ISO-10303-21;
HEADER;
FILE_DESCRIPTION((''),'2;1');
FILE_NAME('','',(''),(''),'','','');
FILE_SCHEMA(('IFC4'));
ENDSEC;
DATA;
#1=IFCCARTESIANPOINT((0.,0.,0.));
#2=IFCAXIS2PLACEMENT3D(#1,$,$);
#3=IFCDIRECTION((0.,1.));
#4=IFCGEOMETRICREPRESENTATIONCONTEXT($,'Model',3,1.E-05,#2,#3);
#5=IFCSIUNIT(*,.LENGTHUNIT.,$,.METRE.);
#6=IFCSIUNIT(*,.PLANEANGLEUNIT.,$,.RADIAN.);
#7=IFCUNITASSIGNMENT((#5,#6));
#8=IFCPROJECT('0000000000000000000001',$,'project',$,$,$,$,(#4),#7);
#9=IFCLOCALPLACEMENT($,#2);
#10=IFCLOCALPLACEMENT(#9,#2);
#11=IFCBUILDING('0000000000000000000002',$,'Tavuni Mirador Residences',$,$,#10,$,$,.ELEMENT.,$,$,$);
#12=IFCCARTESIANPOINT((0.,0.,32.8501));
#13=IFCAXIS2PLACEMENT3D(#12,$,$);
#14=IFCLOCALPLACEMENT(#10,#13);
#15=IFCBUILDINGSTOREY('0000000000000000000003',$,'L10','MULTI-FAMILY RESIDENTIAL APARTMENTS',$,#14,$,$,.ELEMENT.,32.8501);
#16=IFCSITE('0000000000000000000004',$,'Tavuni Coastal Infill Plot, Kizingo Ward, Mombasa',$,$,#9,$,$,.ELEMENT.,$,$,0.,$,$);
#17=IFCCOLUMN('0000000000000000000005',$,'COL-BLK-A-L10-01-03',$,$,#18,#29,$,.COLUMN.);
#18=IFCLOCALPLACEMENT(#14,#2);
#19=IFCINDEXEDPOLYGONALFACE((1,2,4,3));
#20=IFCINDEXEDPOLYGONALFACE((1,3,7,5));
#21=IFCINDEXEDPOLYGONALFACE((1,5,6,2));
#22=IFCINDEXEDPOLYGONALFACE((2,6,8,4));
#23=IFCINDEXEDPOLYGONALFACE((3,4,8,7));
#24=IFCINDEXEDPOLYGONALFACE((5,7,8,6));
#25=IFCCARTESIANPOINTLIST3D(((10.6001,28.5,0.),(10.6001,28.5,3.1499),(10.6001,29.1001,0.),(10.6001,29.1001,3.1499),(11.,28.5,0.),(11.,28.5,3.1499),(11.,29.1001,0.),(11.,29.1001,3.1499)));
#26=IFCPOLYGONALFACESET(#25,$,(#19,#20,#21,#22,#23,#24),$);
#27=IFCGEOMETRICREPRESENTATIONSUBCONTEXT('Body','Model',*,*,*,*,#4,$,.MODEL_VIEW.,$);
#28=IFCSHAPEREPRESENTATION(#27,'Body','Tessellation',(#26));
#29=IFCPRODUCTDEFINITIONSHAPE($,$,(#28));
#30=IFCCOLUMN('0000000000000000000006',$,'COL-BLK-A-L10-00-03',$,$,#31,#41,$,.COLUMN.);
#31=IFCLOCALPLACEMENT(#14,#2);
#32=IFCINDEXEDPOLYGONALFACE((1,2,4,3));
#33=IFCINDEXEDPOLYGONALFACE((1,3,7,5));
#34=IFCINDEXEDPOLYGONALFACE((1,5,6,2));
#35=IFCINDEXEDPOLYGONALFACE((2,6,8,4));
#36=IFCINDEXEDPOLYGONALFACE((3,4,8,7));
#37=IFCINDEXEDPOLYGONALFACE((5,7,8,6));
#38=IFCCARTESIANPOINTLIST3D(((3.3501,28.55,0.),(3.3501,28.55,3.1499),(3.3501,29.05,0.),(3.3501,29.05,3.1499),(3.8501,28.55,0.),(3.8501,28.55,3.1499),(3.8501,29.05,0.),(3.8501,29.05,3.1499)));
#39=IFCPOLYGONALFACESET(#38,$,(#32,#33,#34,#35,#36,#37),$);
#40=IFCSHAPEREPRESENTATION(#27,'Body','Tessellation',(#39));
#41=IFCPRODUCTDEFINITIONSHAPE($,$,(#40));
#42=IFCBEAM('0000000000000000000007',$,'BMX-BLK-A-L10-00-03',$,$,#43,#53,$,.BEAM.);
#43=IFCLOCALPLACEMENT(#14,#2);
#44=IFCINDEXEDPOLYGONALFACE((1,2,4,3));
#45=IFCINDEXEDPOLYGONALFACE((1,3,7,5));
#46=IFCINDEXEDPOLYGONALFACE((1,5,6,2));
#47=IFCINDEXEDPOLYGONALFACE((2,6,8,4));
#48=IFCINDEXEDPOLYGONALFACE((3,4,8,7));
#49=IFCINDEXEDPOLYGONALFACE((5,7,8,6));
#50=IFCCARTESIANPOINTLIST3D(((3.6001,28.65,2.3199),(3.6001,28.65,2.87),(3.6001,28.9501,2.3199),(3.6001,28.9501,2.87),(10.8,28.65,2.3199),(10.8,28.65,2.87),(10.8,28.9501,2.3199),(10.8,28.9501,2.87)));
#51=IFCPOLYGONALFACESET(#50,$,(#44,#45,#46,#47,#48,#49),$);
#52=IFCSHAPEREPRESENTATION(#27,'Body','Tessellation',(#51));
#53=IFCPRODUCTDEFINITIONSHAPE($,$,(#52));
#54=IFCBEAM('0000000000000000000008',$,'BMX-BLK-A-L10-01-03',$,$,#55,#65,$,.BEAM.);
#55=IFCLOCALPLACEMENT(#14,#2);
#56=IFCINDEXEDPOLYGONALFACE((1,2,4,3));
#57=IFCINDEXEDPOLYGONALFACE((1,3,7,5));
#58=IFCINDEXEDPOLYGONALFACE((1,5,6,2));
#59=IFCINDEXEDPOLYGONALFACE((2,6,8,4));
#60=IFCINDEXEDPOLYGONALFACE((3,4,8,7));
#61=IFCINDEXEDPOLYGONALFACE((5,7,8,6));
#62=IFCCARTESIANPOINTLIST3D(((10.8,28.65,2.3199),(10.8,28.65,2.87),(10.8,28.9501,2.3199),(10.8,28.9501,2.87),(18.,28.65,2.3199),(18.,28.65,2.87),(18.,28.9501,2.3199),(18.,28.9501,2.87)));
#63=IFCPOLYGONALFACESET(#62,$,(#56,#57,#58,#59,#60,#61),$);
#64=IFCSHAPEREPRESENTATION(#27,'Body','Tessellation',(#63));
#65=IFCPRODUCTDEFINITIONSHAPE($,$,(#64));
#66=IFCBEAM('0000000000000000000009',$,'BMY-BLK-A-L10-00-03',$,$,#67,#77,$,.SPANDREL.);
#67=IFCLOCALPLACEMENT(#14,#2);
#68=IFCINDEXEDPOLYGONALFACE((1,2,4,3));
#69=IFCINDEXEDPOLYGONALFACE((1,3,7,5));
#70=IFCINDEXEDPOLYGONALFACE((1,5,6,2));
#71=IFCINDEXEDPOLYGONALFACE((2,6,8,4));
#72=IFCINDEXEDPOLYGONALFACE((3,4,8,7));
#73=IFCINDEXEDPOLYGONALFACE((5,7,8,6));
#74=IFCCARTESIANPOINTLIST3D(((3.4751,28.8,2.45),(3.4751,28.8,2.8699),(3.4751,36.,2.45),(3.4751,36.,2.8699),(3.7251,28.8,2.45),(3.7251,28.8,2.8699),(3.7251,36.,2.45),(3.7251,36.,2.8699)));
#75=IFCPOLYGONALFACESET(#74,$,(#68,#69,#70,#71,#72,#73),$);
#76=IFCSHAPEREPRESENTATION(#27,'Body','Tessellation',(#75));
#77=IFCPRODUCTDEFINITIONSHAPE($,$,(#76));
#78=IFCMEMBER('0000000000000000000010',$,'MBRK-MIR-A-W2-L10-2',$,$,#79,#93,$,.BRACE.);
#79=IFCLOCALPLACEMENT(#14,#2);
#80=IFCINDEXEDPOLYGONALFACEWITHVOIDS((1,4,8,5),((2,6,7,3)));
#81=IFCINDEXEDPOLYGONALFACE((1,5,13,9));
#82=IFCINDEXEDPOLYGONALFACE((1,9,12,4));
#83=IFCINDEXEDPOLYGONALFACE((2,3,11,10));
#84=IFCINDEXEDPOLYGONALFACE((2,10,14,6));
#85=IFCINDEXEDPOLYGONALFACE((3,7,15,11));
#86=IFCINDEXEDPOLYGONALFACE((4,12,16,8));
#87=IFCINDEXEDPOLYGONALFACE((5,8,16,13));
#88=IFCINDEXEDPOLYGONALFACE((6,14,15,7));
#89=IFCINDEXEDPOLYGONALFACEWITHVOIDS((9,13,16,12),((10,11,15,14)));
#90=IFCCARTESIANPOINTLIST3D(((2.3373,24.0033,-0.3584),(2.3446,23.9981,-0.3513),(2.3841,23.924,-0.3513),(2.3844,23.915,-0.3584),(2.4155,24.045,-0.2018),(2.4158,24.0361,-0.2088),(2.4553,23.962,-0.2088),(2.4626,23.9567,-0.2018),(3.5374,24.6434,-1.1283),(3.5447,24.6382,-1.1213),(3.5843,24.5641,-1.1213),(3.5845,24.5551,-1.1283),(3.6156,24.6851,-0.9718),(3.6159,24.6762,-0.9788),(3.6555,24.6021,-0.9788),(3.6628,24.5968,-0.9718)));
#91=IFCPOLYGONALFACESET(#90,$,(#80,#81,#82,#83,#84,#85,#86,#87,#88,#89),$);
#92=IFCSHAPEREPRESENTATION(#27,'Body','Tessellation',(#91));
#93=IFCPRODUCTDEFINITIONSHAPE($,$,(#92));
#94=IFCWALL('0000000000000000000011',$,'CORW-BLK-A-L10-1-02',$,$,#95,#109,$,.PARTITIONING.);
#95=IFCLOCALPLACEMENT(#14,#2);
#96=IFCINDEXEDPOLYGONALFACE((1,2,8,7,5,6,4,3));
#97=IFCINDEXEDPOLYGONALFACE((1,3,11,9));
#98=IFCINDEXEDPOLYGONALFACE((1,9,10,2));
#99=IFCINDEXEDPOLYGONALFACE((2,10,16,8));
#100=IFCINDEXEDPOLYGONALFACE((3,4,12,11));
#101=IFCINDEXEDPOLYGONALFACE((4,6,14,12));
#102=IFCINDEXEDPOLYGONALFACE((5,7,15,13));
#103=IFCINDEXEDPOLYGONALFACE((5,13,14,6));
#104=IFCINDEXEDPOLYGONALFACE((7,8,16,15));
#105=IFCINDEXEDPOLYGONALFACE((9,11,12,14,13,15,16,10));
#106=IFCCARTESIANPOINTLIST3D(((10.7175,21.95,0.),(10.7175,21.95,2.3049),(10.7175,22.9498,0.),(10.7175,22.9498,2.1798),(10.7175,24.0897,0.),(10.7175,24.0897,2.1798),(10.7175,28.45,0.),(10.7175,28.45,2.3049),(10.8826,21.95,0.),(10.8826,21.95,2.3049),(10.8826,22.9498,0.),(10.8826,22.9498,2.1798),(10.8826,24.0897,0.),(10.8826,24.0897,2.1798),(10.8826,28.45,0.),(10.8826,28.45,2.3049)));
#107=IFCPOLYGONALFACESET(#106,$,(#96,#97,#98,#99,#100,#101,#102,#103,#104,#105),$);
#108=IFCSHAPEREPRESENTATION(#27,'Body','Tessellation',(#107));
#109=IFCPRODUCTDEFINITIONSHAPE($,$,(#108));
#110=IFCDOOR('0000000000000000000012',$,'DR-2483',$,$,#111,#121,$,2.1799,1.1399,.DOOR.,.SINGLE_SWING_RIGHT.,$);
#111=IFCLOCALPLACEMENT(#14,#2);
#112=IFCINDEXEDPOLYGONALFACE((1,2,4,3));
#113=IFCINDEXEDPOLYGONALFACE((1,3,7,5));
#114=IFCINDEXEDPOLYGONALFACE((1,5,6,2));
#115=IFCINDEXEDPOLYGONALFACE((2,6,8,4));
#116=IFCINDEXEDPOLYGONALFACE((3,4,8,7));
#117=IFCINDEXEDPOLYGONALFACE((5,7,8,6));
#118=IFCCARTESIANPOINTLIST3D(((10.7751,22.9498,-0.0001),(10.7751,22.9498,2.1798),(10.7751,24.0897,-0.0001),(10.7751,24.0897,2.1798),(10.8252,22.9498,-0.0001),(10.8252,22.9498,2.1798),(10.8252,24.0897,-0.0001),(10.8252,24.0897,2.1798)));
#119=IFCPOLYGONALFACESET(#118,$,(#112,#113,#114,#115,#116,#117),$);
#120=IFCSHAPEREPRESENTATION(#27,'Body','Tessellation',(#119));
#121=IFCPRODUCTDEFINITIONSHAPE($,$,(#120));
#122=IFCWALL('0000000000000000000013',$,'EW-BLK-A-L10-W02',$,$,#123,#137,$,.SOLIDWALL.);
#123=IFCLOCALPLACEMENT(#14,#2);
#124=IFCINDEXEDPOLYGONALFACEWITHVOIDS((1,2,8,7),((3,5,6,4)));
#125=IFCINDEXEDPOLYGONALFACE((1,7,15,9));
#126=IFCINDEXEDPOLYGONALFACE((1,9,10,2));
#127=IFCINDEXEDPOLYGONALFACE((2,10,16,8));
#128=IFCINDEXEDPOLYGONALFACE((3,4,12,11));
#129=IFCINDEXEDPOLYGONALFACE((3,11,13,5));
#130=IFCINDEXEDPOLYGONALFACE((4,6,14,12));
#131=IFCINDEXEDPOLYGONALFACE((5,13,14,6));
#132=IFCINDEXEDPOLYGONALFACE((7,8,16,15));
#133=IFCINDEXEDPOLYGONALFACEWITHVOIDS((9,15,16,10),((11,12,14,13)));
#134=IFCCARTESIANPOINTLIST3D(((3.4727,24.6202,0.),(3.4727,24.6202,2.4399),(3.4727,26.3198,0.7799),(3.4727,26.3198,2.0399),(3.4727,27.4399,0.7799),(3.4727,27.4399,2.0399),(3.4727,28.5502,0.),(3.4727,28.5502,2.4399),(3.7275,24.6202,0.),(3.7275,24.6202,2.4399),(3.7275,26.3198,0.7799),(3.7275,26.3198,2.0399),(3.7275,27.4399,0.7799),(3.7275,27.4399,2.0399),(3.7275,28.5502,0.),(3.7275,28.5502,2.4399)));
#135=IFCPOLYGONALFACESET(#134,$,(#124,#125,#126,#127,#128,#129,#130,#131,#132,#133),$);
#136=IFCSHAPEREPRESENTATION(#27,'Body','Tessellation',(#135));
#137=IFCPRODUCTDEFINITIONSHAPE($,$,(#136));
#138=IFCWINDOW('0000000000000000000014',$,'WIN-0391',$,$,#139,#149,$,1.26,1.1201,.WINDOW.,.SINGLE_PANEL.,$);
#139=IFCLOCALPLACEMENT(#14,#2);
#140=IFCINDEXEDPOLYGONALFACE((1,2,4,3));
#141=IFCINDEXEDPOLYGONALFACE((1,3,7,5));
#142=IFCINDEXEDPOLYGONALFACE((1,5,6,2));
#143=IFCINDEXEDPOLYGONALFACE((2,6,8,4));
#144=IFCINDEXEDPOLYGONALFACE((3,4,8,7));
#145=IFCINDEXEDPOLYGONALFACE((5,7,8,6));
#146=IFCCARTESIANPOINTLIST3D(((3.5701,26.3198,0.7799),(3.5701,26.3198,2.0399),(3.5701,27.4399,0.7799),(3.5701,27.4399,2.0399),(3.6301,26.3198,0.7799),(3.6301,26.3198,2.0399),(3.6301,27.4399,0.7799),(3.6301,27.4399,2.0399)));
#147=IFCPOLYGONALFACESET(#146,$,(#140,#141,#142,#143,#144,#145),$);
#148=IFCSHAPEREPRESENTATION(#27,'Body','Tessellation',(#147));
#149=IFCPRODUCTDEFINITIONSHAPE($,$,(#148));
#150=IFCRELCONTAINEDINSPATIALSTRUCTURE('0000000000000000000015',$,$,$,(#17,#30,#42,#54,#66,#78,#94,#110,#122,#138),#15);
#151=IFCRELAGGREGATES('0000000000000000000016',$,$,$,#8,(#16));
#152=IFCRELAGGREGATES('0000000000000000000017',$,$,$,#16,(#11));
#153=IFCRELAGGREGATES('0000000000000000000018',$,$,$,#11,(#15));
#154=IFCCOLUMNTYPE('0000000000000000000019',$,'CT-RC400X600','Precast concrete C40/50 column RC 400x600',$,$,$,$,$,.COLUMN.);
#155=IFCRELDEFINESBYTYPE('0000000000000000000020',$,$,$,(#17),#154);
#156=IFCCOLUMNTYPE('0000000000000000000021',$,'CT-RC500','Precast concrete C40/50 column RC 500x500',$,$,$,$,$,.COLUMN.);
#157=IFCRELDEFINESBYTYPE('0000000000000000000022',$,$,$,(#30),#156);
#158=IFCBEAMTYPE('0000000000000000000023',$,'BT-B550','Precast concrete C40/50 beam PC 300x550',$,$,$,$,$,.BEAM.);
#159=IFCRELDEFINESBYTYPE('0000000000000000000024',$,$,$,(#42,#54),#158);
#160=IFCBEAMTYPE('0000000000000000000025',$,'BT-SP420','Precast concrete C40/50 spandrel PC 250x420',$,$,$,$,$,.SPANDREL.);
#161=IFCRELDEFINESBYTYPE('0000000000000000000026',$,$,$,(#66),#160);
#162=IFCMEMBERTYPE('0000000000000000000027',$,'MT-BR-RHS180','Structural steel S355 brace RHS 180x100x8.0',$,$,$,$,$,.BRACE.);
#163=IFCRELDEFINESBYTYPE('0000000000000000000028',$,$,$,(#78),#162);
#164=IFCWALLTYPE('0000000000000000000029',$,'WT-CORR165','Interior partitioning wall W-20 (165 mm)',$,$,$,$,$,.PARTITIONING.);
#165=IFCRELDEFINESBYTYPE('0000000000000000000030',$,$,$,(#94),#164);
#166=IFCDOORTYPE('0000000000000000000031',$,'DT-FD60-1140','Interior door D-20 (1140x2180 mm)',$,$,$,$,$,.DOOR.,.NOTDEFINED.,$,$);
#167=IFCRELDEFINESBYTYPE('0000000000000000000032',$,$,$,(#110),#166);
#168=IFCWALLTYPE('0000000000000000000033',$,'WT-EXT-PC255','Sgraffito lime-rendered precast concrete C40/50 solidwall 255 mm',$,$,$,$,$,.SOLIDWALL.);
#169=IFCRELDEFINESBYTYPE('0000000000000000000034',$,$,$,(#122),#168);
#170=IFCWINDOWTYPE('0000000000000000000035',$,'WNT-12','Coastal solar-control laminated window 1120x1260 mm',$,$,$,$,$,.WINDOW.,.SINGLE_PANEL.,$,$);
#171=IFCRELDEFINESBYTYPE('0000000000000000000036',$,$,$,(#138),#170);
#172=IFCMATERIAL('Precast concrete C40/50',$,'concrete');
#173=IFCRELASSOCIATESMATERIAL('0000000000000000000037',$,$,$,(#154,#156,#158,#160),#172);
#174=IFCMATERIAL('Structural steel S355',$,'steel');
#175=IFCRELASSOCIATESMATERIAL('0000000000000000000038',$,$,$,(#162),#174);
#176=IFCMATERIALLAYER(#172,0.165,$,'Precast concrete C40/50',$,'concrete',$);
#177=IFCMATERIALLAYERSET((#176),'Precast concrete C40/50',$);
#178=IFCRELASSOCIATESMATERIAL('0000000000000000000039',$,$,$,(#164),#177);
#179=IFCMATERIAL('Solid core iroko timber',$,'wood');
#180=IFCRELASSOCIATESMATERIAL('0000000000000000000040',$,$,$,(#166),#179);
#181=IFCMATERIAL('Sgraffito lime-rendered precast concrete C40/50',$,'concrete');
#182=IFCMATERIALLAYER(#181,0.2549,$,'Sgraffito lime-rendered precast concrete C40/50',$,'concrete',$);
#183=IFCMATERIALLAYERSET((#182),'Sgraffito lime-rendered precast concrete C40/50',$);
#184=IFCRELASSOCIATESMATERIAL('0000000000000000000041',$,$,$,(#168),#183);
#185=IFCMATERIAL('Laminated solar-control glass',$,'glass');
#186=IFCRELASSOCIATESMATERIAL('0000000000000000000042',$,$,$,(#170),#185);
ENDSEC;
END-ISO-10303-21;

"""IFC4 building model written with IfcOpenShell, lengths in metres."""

from ifc_helpers import new_model, si_unit, direction, frame, frame_2d, origin, origin_2d, place, context, subcontext, project, spatial, rectangle, hollow_rectangle, extrude, material, layer, layer_set, material_profile, profile_set, type_object, element, fill, save


model = new_model("IFC4")

# Units and contexts
model_context = context("Model", 3, precision=1e-05, world=origin(), true_north=direction((0.0, 1.0)))
body_context = subcontext(model_context, "Body", "Model", "MODEL_VIEW")
ifc_project = project(units=[si_unit("LENGTHUNIT", "METRE"), si_unit("PLANEANGLEUNIT", "RADIAN")], contexts=[model_context])

# Site, building, storey
site_placement = place(None, origin())
site = spatial("IfcSite", under=ifc_project, at=site_placement, Name="Tavuni Coastal Infill Plot, Kizingo Ward, Mombasa", CompositionType="ELEMENT", RefElevation=0.0)
building_placement = place(site_placement, origin())
building = spatial("IfcBuilding", under=site, at=building_placement, Name="Tavuni Mirador Residences", CompositionType="ELEMENT")
storey_placement = place(building_placement, frame((0.0, 0.0, 32.8501)))
storey = spatial("IfcBuildingStorey", under=building, at=storey_placement, Name="L10", Description="MULTI-FAMILY RESIDENTIAL APARTMENTS", CompositionType="ELEMENT", Elevation=32.8501)

# Columns
ifc_material_1 = material(Name="Precast concrete C40/50", Category="concrete")
ifc_material_profile_1 = material_profile(ifc_material_1, rectangle(XDim=0.3999, YDim=0.6001, at=origin_2d()), Name="RC 400x600", Category="concrete")
ifc_profile_set_1 = profile_set([ifc_material_profile_1], Name="Precast concrete C40/50")
column_type_1 = type_object("IfcColumnType", Name="CT-RC400X600", Description="Precast concrete C40/50 column RC 400x600", PredefinedType="COLUMN", material=ifc_profile_set_1)
column_1_placement = place(storey_placement, frame((10.8, 28.8, 0.0), z_axis=(0.0, 0.0, 1.0), x_axis=(1.0, 0.0, 0.0)))
element("IfcColumn", 1, at=column_1_placement, inside=storey, type_object=column_type_1, Name="COL-BLK-A-L10-01-03", PredefinedType="COLUMN", context=body_context, shape_type="SweptSolid", body=[
    extrude(rectangle(XDim=0.3999, YDim=0.6001, at=origin_2d()), origin(), (0.0, 0.0, 1.0), 3.1499),
])
ifc_material_profile_2 = material_profile(ifc_material_1, rectangle(XDim=0.5, YDim=0.5, at=origin_2d()), Name="RC 500x500", Category="concrete")
ifc_profile_set_2 = profile_set([ifc_material_profile_2], Name="Precast concrete C40/50")
column_type_2 = type_object("IfcColumnType", Name="CT-RC500", Description="Precast concrete C40/50 column RC 500x500", PredefinedType="COLUMN", material=ifc_profile_set_2)
column_2_placement = place(storey_placement, frame((3.6001, 28.8, 0.0), z_axis=(0.0, 0.0, 1.0), x_axis=(1.0, 0.0, 0.0)))
element("IfcColumn", 2, at=column_2_placement, inside=storey, type_object=column_type_2, Name="COL-BLK-A-L10-00-03", PredefinedType="COLUMN", context=body_context, shape_type="SweptSolid", body=[
    extrude(rectangle(XDim=0.5, YDim=0.5, at=origin_2d()), origin(), (0.0, 0.0, 1.0), 3.1499),
])

# Beams
ifc_material_profile_3 = material_profile(ifc_material_1, rectangle(XDim=0.3, YDim=0.55, at=origin_2d()), Name="PC 300x550", Category="concrete")
ifc_profile_set_3 = profile_set([ifc_material_profile_3], Name="Precast concrete C40/50")
beam_type_1 = type_object("IfcBeamType", Name="BT-B550", Description="Precast concrete C40/50 beam PC 300x550", PredefinedType="BEAM", material=ifc_profile_set_3)
for number, where, z_axis, x_axis, name in (
    (3, (3.6001, 28.8, 2.595), (1.0, 0.0, 0.0), (0.0, 1.0, 0.0), "BMX-BLK-A-L10-00-03"),
    (4, (10.8, 28.8, 2.595), (1.0, 0.0, 0.0), (0.0, 1.0, 0.0), "BMX-BLK-A-L10-01-03"),
):
    element("IfcBeam", number, at=place(storey_placement, frame(where, z_axis=z_axis, x_axis=x_axis)), inside=storey, type_object=beam_type_1, Name=name, PredefinedType="BEAM", context=body_context, shape_type="SweptSolid", body=[
        extrude(rectangle(XDim=0.3, YDim=0.55, at=origin_2d()), origin(), (0.0, 0.0, 1.0), 7.2),
    ])
ifc_material_profile_4 = material_profile(ifc_material_1, rectangle(XDim=0.25, YDim=0.4199, at=origin_2d()), Name="PC 250x420", Category="concrete")
ifc_profile_set_4 = profile_set([ifc_material_profile_4], Name="Precast concrete C40/50")
beam_type_2 = type_object("IfcBeamType", Name="BT-SP420", Description="Precast concrete C40/50 spandrel PC 250x420", PredefinedType="SPANDREL", material=ifc_profile_set_4)
beam_placement = place(storey_placement, frame((3.6001, 28.8, 2.6599), z_axis=(0.0, 1.0, 0.0), x_axis=(-1.0, 0.0, 0.0)))
element("IfcBeam", 5, at=beam_placement, inside=storey, type_object=beam_type_2, Name="BMY-BLK-A-L10-00-03", PredefinedType="SPANDREL", context=body_context, shape_type="SweptSolid", body=[
    extrude(rectangle(XDim=0.25, YDim=0.4199, at=origin_2d()), origin(), (0.0, 0.0, 1.0), 7.2),
])

# Member
ifc_material_2 = material(Name="Structural steel S355", Category="steel")
ifc_material_profile_5 = material_profile(ifc_material_2, hollow_rectangle(XDim=0.1001, YDim=0.1799, WallThickness=0.0081, at=origin_2d()), Name="RHS 180x100x8.0", Category="steel")
ifc_profile_set_5 = profile_set([ifc_material_profile_5], Name="Structural steel S355")
member_type = type_object("IfcMemberType", Name="MT-BR-RHS180", Description="Structural steel S355 brace RHS 180x100x8.0", PredefinedType="BRACE", material=ifc_profile_set_5)
member_placement = place(storey_placement, frame((3.6001, 24.6201, -1.05), z_axis=(-0.767847, -0.409539, 0.492634), x_axis=(0.470607, -0.882343, 0.0)))
element("IfcMember", 6, at=member_placement, inside=storey, type_object=member_type, Name="MBRK-MIR-A-W2-L10-2", PredefinedType="BRACE", context=body_context, shape_type="SweptSolid", body=[
    extrude(hollow_rectangle(XDim=0.1001, YDim=0.1799, WallThickness=0.0081, at=origin_2d()), origin(), (0.0, 0.0, 1.0), 1.563),
])

# Wall, opening, door
ifc_layer_1 = layer(ifc_material_1, 0.165, Name="Precast concrete C40/50", Category="concrete")
ifc_layer_set_1 = layer_set([ifc_layer_1], Name="Precast concrete C40/50")
wall_type_1 = type_object("IfcWallType", Name="WT-CORR165", Description="Interior partitioning wall W-20 (165 mm)", PredefinedType="PARTITIONING", material=ifc_layer_set_1)
wall_1_placement = place(storey_placement, frame((10.8, 21.95, 0.0), z_axis=(0.0, 0.0, 1.0), x_axis=(0.0, 1.0, 0.0)))
wall_1 = element("IfcWall", 7, at=wall_1_placement, inside=storey, type_object=wall_type_1, Name="CORW-BLK-A-L10-1-02", PredefinedType="PARTITIONING", context=body_context, shape_type="SweptSolid", body=[
    extrude(rectangle(XDim=6.5, YDim=0.165, at=frame_2d((3.25, 0.0))), origin(), (0.0, 0.0, 1.0), 2.3049),
])
opening_1_placement = place(wall_1_placement, frame((1.0, 0.0, 0.0)))
opening_1 = element("IfcOpeningElement", 8, at=opening_1_placement, cuts=wall_1, PredefinedType="OPENING", context=body_context, shape_type="SweptSolid", body=[
    extrude(rectangle(XDim=1.1399, YDim=2.1799, at=frame_2d((0.5698, 1.0898))), frame((0.0, 0.0925, 0.0), z_axis=(0.0, -1.0, 0.0), x_axis=(1.0, 0.0, 0.0)), (0.0, 0.0, 1.0), 0.1851),
])
ifc_material_3 = material(Name="Solid core iroko timber", Category="wood")
door_type_1 = type_object("IfcDoorType", Name="DT-FD60-1140", Description="Interior door D-20 (1140x2180 mm)", OperationType="NOTDEFINED", PredefinedType="DOOR", material=ifc_material_3)
door_1_placement = place(opening_1_placement, origin())
door_1 = element("IfcDoor", 9, at=door_1_placement, inside=storey, type_object=door_type_1, Name="DR-2483", OperationType="SINGLE_SWING_RIGHT", OverallHeight=2.1799, OverallWidth=1.1399, PredefinedType="DOOR", context=body_context, shape_type="SweptSolid", body=[
    extrude(rectangle(XDim=1.1399, YDim=2.1799, at=frame_2d((0.5698, 1.0898))), frame((0.0, 0.0249, 0.0), z_axis=(0.0, -1.0, 0.0), x_axis=(1.0, 0.0, 0.0)), (0.0, 0.0, 1.0), 0.05),
])
fill(opening_1, door_1)

# Wall, opening, window
ifc_material_4 = material(Name="Sgraffito lime-rendered precast concrete C40/50", Category="concrete")
ifc_layer_2 = layer(ifc_material_4, 0.2549, Name="Sgraffito lime-rendered precast concrete C40/50", Category="concrete")
ifc_layer_set_2 = layer_set([ifc_layer_2], Name="Sgraffito lime-rendered precast concrete C40/50")
wall_type_2 = type_object("IfcWallType", Name="WT-EXT-PC255", Description="Sgraffito lime-rendered precast concrete C40/50 solidwall 255 mm", PredefinedType="SOLIDWALL", material=ifc_layer_set_2)
wall_2_placement = place(storey_placement, frame((3.6001, 28.55, 0.0), z_axis=(0.0, 0.0, 1.0), x_axis=(0.0, -1.0, 0.0)))
wall_2 = element("IfcWall", 10, at=wall_2_placement, inside=storey, type_object=wall_type_2, Name="EW-BLK-A-L10-W02", PredefinedType="SOLIDWALL", context=body_context, shape_type="SweptSolid", body=[
    extrude(rectangle(XDim=3.9299, YDim=0.2549, at=frame_2d((1.9648, 0.0))), origin(), (0.0, 0.0, 1.0), 2.4399),
])
opening_2_placement = place(wall_2_placement, frame((1.1101, 0.0, 0.78)))
opening_2 = element("IfcOpeningElement", 11, at=opening_2_placement, cuts=wall_2, PredefinedType="OPENING", context=body_context, shape_type="SweptSolid", body=[
    extrude(rectangle(XDim=1.1201, YDim=1.26, at=frame_2d((0.5601, 0.6299))), frame((0.0, 0.1375, 0.0), z_axis=(0.0, -1.0, 0.0), x_axis=(1.0, 0.0, 0.0)), (0.0, 0.0, 1.0), 0.2749),
])
ifc_material_5 = material(Name="Laminated solar-control glass", Category="glass")
window_type = type_object("IfcWindowType", Name="WNT-12", Description="Coastal solar-control laminated window 1120x1260 mm", PartitioningType="SINGLE_PANEL", PredefinedType="WINDOW", material=ifc_material_5)
window_placement = place(opening_2_placement, origin())
window = element("IfcWindow", 12, at=window_placement, inside=storey, type_object=window_type, Name="WIN-0391", OverallHeight=1.26, OverallWidth=1.1201, PartitioningType="SINGLE_PANEL", PredefinedType="WINDOW", context=body_context, shape_type="SweptSolid", body=[
    extrude(rectangle(XDim=1.1201, YDim=1.26, at=frame_2d((0.5601, 0.6299))), frame((0.0, 0.03, 0.0), z_axis=(0.0, -1.0, 0.0), x_axis=(1.0, 0.0, 0.0)), (0.0, 0.0, 1.0), 0.0601),
])
fill(opening_2, window)

save(model, "model.ifc")
